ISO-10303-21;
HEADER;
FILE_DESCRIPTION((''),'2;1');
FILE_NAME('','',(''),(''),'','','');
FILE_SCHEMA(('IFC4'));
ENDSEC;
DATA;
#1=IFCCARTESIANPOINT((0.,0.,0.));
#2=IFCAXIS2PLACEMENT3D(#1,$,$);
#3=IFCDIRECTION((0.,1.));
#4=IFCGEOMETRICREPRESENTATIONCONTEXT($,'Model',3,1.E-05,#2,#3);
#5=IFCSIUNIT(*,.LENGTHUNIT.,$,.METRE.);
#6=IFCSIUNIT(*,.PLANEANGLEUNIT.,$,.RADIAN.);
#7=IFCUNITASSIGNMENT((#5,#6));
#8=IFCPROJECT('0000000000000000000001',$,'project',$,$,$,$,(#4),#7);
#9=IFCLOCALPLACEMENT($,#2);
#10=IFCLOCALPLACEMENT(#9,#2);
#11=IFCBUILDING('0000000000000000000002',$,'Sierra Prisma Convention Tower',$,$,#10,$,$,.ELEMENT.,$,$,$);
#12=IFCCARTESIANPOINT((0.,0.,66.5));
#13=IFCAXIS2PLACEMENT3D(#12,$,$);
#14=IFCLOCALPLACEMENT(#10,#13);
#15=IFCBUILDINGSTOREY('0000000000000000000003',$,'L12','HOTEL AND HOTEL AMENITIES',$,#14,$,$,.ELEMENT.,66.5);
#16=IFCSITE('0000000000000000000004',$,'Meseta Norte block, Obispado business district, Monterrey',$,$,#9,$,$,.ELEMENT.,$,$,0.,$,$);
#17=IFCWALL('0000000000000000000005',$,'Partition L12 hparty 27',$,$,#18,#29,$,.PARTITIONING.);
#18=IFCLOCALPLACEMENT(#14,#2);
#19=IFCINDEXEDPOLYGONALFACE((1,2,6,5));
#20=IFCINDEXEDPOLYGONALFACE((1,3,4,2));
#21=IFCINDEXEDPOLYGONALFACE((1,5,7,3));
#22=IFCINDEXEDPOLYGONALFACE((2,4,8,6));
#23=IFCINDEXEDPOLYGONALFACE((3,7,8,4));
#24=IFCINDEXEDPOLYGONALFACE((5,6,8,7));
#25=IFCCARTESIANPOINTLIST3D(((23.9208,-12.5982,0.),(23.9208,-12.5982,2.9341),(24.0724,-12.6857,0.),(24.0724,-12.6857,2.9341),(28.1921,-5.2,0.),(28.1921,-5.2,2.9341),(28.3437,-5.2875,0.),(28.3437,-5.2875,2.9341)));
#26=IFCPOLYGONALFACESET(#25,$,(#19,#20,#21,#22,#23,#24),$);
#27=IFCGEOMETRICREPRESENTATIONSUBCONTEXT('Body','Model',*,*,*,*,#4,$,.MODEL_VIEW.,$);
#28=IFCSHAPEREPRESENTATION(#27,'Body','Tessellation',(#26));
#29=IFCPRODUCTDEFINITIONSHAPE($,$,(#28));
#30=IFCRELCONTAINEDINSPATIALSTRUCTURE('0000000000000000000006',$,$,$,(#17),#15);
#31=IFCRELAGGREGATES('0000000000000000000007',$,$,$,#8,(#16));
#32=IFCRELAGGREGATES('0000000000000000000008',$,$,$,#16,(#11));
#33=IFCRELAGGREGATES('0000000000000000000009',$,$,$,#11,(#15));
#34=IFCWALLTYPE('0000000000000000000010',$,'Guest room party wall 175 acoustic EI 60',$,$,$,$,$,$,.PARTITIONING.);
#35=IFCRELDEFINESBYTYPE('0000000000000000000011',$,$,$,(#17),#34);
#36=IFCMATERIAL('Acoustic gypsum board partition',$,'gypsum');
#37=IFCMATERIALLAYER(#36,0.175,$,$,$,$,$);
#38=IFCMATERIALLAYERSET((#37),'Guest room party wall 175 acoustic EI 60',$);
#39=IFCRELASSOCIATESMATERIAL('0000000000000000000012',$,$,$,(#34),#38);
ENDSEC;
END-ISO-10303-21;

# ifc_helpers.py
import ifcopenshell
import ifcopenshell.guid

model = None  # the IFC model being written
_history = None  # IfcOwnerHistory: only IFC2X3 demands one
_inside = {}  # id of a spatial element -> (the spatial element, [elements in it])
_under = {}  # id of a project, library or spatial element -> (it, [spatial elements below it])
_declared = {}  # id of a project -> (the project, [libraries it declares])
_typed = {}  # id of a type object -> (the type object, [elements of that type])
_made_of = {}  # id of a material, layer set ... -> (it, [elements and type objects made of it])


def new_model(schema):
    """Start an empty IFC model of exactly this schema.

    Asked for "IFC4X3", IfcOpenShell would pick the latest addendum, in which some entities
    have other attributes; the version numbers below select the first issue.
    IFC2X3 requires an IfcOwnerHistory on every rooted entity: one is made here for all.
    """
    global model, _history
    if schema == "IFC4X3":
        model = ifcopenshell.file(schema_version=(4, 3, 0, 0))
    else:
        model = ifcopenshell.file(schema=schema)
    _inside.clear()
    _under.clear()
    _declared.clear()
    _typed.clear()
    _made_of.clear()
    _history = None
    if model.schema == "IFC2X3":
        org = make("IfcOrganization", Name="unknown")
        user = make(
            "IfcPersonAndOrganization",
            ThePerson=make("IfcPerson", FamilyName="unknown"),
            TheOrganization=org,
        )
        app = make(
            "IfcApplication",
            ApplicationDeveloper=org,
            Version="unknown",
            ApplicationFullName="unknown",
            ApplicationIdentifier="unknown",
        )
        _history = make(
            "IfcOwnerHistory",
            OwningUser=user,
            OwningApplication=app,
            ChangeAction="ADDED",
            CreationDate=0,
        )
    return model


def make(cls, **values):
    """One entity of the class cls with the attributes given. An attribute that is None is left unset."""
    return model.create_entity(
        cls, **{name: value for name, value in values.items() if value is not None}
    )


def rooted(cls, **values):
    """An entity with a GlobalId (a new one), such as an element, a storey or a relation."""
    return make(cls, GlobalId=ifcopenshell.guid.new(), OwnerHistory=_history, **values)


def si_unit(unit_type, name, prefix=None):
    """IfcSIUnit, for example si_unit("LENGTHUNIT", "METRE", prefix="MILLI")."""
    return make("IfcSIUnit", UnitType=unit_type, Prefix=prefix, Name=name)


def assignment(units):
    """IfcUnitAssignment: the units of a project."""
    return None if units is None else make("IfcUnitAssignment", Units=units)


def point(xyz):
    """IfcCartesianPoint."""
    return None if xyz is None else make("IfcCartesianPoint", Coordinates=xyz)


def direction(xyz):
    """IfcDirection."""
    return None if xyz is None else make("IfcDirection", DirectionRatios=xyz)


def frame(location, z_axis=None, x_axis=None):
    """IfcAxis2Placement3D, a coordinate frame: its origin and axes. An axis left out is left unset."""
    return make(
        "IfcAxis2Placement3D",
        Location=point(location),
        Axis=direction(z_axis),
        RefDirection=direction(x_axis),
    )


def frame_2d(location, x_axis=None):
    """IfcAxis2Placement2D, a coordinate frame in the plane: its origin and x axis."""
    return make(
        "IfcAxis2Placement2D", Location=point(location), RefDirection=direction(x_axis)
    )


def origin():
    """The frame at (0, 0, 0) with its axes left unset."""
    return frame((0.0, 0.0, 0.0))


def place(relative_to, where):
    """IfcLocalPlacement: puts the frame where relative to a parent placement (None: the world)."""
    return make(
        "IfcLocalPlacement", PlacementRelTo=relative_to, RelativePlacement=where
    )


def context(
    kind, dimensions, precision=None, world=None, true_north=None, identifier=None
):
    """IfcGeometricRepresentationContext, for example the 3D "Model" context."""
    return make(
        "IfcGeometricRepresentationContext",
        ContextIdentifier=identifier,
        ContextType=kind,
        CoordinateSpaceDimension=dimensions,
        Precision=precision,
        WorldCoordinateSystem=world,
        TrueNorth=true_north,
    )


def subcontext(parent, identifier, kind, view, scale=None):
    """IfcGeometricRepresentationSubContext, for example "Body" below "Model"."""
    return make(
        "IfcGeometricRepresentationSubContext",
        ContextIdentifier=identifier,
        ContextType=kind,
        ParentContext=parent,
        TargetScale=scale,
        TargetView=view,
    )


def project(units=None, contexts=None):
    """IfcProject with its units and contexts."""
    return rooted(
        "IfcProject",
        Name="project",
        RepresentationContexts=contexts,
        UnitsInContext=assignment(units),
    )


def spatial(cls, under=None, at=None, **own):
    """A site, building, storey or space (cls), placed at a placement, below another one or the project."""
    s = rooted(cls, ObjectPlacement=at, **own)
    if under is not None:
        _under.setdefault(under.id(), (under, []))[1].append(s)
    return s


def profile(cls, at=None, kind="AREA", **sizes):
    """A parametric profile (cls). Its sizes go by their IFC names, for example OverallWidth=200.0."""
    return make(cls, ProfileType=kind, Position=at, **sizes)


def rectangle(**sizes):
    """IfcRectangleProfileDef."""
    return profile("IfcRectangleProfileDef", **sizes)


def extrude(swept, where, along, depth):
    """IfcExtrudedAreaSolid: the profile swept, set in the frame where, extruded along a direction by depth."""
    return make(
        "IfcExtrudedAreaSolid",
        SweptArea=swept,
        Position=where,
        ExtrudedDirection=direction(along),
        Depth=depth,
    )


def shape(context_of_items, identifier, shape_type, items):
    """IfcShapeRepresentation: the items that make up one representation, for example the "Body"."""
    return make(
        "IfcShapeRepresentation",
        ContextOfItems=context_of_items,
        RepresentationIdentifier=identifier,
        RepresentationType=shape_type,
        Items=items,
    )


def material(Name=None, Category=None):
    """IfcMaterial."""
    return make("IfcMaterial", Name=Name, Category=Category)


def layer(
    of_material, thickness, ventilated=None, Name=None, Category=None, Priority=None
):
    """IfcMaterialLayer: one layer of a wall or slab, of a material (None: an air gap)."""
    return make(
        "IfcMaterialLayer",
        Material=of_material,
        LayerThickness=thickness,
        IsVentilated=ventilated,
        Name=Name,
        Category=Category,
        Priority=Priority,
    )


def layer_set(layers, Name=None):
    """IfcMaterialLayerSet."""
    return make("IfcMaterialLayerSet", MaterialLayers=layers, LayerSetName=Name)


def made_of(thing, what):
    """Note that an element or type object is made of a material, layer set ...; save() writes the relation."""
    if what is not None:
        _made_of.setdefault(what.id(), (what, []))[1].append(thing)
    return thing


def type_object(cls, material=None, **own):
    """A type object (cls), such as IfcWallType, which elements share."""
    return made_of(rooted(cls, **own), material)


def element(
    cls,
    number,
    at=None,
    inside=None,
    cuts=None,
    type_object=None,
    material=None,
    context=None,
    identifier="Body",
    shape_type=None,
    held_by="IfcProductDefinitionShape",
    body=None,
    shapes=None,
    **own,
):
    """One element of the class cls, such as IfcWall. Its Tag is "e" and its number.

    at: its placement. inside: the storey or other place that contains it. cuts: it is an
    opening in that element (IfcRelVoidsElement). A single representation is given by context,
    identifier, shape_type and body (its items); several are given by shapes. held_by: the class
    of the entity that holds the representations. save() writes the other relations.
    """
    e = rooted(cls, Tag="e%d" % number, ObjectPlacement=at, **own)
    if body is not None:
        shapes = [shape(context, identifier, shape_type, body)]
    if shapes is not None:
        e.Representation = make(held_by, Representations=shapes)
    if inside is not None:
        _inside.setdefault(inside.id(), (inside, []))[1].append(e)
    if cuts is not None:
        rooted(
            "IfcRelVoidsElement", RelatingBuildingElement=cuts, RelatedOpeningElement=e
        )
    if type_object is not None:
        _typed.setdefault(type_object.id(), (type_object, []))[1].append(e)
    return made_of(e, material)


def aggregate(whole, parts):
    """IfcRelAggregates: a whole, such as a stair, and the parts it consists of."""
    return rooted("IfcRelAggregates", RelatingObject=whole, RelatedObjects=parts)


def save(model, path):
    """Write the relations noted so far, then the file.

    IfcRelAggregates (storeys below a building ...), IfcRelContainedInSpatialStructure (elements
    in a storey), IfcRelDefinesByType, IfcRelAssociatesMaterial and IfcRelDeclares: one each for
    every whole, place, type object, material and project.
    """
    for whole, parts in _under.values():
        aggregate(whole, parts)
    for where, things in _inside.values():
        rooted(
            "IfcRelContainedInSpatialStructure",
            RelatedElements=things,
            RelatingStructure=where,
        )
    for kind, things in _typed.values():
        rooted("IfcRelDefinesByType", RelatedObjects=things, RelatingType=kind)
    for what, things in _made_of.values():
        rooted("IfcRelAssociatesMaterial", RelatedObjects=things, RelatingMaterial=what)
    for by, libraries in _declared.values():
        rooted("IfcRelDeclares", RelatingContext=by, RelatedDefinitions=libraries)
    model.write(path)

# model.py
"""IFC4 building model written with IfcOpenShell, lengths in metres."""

from ifc_helpers import new_model, si_unit, direction, frame, frame_2d, origin, place, context, subcontext, project, spatial, rectangle, extrude, material, layer, layer_set, type_object, element, save


model = new_model("IFC4")

# Units and contexts
model_context = context("Model", 3, precision=1e-05, world=origin(), true_north=direction((0.0, 1.0)))
body_context = subcontext(model_context, "Body", "Model", "MODEL_VIEW")
ifc_project = project(units=[si_unit("LENGTHUNIT", "METRE"), si_unit("PLANEANGLEUNIT", "RADIAN")], contexts=[model_context])

# Site, building, storey
site_placement = place(None, origin())
site = spatial("IfcSite", under=ifc_project, at=site_placement, Name="Meseta Norte block, Obispado business district, Monterrey", CompositionType="ELEMENT", RefElevation=0.0)
building_placement = place(site_placement, origin())
building = spatial("IfcBuilding", under=site, at=building_placement, Name="Sierra Prisma Convention Tower", CompositionType="ELEMENT")
storey_placement = place(building_placement, frame((0.0, 0.0, 66.5)))
storey = spatial("IfcBuildingStorey", under=building, at=storey_placement, Name="L12", Description="HOTEL AND HOTEL AMENITIES", CompositionType="ELEMENT", Elevation=66.5)

# Wall
ifc_material_1 = material(Name="Acoustic gypsum board partition", Category="gypsum")
ifc_layer_1 = layer(ifc_material_1, 0.175)
ifc_layer_set_1 = layer_set([ifc_layer_1], Name="Guest room party wall 175 acoustic EI 60")
wall_type_1 = type_object("IfcWallType", Name="Guest room party wall 175 acoustic EI 60", PredefinedType="PARTITIONING", material=ifc_layer_set_1)
wall_1_placement = place(storey_placement, frame((23.9966, -12.6421, 0.0), z_axis=(0.0, 0.0, 1.0), x_axis=(0.49999, 0.866031, 0.0)))
element("IfcWall", 1, at=wall_1_placement, inside=storey, type_object=wall_type_1, Name="Partition L12 hparty 27", PredefinedType="PARTITIONING", context=body_context, shape_type="SweptSolid", body=[
    extrude(rectangle(XDim=8.5427, YDim=0.175, at=frame_2d((4.2715, 0.0))), origin(), (0.0, 0.0, 1.0), 2.9341),
])

save(model, "model.ifc")
